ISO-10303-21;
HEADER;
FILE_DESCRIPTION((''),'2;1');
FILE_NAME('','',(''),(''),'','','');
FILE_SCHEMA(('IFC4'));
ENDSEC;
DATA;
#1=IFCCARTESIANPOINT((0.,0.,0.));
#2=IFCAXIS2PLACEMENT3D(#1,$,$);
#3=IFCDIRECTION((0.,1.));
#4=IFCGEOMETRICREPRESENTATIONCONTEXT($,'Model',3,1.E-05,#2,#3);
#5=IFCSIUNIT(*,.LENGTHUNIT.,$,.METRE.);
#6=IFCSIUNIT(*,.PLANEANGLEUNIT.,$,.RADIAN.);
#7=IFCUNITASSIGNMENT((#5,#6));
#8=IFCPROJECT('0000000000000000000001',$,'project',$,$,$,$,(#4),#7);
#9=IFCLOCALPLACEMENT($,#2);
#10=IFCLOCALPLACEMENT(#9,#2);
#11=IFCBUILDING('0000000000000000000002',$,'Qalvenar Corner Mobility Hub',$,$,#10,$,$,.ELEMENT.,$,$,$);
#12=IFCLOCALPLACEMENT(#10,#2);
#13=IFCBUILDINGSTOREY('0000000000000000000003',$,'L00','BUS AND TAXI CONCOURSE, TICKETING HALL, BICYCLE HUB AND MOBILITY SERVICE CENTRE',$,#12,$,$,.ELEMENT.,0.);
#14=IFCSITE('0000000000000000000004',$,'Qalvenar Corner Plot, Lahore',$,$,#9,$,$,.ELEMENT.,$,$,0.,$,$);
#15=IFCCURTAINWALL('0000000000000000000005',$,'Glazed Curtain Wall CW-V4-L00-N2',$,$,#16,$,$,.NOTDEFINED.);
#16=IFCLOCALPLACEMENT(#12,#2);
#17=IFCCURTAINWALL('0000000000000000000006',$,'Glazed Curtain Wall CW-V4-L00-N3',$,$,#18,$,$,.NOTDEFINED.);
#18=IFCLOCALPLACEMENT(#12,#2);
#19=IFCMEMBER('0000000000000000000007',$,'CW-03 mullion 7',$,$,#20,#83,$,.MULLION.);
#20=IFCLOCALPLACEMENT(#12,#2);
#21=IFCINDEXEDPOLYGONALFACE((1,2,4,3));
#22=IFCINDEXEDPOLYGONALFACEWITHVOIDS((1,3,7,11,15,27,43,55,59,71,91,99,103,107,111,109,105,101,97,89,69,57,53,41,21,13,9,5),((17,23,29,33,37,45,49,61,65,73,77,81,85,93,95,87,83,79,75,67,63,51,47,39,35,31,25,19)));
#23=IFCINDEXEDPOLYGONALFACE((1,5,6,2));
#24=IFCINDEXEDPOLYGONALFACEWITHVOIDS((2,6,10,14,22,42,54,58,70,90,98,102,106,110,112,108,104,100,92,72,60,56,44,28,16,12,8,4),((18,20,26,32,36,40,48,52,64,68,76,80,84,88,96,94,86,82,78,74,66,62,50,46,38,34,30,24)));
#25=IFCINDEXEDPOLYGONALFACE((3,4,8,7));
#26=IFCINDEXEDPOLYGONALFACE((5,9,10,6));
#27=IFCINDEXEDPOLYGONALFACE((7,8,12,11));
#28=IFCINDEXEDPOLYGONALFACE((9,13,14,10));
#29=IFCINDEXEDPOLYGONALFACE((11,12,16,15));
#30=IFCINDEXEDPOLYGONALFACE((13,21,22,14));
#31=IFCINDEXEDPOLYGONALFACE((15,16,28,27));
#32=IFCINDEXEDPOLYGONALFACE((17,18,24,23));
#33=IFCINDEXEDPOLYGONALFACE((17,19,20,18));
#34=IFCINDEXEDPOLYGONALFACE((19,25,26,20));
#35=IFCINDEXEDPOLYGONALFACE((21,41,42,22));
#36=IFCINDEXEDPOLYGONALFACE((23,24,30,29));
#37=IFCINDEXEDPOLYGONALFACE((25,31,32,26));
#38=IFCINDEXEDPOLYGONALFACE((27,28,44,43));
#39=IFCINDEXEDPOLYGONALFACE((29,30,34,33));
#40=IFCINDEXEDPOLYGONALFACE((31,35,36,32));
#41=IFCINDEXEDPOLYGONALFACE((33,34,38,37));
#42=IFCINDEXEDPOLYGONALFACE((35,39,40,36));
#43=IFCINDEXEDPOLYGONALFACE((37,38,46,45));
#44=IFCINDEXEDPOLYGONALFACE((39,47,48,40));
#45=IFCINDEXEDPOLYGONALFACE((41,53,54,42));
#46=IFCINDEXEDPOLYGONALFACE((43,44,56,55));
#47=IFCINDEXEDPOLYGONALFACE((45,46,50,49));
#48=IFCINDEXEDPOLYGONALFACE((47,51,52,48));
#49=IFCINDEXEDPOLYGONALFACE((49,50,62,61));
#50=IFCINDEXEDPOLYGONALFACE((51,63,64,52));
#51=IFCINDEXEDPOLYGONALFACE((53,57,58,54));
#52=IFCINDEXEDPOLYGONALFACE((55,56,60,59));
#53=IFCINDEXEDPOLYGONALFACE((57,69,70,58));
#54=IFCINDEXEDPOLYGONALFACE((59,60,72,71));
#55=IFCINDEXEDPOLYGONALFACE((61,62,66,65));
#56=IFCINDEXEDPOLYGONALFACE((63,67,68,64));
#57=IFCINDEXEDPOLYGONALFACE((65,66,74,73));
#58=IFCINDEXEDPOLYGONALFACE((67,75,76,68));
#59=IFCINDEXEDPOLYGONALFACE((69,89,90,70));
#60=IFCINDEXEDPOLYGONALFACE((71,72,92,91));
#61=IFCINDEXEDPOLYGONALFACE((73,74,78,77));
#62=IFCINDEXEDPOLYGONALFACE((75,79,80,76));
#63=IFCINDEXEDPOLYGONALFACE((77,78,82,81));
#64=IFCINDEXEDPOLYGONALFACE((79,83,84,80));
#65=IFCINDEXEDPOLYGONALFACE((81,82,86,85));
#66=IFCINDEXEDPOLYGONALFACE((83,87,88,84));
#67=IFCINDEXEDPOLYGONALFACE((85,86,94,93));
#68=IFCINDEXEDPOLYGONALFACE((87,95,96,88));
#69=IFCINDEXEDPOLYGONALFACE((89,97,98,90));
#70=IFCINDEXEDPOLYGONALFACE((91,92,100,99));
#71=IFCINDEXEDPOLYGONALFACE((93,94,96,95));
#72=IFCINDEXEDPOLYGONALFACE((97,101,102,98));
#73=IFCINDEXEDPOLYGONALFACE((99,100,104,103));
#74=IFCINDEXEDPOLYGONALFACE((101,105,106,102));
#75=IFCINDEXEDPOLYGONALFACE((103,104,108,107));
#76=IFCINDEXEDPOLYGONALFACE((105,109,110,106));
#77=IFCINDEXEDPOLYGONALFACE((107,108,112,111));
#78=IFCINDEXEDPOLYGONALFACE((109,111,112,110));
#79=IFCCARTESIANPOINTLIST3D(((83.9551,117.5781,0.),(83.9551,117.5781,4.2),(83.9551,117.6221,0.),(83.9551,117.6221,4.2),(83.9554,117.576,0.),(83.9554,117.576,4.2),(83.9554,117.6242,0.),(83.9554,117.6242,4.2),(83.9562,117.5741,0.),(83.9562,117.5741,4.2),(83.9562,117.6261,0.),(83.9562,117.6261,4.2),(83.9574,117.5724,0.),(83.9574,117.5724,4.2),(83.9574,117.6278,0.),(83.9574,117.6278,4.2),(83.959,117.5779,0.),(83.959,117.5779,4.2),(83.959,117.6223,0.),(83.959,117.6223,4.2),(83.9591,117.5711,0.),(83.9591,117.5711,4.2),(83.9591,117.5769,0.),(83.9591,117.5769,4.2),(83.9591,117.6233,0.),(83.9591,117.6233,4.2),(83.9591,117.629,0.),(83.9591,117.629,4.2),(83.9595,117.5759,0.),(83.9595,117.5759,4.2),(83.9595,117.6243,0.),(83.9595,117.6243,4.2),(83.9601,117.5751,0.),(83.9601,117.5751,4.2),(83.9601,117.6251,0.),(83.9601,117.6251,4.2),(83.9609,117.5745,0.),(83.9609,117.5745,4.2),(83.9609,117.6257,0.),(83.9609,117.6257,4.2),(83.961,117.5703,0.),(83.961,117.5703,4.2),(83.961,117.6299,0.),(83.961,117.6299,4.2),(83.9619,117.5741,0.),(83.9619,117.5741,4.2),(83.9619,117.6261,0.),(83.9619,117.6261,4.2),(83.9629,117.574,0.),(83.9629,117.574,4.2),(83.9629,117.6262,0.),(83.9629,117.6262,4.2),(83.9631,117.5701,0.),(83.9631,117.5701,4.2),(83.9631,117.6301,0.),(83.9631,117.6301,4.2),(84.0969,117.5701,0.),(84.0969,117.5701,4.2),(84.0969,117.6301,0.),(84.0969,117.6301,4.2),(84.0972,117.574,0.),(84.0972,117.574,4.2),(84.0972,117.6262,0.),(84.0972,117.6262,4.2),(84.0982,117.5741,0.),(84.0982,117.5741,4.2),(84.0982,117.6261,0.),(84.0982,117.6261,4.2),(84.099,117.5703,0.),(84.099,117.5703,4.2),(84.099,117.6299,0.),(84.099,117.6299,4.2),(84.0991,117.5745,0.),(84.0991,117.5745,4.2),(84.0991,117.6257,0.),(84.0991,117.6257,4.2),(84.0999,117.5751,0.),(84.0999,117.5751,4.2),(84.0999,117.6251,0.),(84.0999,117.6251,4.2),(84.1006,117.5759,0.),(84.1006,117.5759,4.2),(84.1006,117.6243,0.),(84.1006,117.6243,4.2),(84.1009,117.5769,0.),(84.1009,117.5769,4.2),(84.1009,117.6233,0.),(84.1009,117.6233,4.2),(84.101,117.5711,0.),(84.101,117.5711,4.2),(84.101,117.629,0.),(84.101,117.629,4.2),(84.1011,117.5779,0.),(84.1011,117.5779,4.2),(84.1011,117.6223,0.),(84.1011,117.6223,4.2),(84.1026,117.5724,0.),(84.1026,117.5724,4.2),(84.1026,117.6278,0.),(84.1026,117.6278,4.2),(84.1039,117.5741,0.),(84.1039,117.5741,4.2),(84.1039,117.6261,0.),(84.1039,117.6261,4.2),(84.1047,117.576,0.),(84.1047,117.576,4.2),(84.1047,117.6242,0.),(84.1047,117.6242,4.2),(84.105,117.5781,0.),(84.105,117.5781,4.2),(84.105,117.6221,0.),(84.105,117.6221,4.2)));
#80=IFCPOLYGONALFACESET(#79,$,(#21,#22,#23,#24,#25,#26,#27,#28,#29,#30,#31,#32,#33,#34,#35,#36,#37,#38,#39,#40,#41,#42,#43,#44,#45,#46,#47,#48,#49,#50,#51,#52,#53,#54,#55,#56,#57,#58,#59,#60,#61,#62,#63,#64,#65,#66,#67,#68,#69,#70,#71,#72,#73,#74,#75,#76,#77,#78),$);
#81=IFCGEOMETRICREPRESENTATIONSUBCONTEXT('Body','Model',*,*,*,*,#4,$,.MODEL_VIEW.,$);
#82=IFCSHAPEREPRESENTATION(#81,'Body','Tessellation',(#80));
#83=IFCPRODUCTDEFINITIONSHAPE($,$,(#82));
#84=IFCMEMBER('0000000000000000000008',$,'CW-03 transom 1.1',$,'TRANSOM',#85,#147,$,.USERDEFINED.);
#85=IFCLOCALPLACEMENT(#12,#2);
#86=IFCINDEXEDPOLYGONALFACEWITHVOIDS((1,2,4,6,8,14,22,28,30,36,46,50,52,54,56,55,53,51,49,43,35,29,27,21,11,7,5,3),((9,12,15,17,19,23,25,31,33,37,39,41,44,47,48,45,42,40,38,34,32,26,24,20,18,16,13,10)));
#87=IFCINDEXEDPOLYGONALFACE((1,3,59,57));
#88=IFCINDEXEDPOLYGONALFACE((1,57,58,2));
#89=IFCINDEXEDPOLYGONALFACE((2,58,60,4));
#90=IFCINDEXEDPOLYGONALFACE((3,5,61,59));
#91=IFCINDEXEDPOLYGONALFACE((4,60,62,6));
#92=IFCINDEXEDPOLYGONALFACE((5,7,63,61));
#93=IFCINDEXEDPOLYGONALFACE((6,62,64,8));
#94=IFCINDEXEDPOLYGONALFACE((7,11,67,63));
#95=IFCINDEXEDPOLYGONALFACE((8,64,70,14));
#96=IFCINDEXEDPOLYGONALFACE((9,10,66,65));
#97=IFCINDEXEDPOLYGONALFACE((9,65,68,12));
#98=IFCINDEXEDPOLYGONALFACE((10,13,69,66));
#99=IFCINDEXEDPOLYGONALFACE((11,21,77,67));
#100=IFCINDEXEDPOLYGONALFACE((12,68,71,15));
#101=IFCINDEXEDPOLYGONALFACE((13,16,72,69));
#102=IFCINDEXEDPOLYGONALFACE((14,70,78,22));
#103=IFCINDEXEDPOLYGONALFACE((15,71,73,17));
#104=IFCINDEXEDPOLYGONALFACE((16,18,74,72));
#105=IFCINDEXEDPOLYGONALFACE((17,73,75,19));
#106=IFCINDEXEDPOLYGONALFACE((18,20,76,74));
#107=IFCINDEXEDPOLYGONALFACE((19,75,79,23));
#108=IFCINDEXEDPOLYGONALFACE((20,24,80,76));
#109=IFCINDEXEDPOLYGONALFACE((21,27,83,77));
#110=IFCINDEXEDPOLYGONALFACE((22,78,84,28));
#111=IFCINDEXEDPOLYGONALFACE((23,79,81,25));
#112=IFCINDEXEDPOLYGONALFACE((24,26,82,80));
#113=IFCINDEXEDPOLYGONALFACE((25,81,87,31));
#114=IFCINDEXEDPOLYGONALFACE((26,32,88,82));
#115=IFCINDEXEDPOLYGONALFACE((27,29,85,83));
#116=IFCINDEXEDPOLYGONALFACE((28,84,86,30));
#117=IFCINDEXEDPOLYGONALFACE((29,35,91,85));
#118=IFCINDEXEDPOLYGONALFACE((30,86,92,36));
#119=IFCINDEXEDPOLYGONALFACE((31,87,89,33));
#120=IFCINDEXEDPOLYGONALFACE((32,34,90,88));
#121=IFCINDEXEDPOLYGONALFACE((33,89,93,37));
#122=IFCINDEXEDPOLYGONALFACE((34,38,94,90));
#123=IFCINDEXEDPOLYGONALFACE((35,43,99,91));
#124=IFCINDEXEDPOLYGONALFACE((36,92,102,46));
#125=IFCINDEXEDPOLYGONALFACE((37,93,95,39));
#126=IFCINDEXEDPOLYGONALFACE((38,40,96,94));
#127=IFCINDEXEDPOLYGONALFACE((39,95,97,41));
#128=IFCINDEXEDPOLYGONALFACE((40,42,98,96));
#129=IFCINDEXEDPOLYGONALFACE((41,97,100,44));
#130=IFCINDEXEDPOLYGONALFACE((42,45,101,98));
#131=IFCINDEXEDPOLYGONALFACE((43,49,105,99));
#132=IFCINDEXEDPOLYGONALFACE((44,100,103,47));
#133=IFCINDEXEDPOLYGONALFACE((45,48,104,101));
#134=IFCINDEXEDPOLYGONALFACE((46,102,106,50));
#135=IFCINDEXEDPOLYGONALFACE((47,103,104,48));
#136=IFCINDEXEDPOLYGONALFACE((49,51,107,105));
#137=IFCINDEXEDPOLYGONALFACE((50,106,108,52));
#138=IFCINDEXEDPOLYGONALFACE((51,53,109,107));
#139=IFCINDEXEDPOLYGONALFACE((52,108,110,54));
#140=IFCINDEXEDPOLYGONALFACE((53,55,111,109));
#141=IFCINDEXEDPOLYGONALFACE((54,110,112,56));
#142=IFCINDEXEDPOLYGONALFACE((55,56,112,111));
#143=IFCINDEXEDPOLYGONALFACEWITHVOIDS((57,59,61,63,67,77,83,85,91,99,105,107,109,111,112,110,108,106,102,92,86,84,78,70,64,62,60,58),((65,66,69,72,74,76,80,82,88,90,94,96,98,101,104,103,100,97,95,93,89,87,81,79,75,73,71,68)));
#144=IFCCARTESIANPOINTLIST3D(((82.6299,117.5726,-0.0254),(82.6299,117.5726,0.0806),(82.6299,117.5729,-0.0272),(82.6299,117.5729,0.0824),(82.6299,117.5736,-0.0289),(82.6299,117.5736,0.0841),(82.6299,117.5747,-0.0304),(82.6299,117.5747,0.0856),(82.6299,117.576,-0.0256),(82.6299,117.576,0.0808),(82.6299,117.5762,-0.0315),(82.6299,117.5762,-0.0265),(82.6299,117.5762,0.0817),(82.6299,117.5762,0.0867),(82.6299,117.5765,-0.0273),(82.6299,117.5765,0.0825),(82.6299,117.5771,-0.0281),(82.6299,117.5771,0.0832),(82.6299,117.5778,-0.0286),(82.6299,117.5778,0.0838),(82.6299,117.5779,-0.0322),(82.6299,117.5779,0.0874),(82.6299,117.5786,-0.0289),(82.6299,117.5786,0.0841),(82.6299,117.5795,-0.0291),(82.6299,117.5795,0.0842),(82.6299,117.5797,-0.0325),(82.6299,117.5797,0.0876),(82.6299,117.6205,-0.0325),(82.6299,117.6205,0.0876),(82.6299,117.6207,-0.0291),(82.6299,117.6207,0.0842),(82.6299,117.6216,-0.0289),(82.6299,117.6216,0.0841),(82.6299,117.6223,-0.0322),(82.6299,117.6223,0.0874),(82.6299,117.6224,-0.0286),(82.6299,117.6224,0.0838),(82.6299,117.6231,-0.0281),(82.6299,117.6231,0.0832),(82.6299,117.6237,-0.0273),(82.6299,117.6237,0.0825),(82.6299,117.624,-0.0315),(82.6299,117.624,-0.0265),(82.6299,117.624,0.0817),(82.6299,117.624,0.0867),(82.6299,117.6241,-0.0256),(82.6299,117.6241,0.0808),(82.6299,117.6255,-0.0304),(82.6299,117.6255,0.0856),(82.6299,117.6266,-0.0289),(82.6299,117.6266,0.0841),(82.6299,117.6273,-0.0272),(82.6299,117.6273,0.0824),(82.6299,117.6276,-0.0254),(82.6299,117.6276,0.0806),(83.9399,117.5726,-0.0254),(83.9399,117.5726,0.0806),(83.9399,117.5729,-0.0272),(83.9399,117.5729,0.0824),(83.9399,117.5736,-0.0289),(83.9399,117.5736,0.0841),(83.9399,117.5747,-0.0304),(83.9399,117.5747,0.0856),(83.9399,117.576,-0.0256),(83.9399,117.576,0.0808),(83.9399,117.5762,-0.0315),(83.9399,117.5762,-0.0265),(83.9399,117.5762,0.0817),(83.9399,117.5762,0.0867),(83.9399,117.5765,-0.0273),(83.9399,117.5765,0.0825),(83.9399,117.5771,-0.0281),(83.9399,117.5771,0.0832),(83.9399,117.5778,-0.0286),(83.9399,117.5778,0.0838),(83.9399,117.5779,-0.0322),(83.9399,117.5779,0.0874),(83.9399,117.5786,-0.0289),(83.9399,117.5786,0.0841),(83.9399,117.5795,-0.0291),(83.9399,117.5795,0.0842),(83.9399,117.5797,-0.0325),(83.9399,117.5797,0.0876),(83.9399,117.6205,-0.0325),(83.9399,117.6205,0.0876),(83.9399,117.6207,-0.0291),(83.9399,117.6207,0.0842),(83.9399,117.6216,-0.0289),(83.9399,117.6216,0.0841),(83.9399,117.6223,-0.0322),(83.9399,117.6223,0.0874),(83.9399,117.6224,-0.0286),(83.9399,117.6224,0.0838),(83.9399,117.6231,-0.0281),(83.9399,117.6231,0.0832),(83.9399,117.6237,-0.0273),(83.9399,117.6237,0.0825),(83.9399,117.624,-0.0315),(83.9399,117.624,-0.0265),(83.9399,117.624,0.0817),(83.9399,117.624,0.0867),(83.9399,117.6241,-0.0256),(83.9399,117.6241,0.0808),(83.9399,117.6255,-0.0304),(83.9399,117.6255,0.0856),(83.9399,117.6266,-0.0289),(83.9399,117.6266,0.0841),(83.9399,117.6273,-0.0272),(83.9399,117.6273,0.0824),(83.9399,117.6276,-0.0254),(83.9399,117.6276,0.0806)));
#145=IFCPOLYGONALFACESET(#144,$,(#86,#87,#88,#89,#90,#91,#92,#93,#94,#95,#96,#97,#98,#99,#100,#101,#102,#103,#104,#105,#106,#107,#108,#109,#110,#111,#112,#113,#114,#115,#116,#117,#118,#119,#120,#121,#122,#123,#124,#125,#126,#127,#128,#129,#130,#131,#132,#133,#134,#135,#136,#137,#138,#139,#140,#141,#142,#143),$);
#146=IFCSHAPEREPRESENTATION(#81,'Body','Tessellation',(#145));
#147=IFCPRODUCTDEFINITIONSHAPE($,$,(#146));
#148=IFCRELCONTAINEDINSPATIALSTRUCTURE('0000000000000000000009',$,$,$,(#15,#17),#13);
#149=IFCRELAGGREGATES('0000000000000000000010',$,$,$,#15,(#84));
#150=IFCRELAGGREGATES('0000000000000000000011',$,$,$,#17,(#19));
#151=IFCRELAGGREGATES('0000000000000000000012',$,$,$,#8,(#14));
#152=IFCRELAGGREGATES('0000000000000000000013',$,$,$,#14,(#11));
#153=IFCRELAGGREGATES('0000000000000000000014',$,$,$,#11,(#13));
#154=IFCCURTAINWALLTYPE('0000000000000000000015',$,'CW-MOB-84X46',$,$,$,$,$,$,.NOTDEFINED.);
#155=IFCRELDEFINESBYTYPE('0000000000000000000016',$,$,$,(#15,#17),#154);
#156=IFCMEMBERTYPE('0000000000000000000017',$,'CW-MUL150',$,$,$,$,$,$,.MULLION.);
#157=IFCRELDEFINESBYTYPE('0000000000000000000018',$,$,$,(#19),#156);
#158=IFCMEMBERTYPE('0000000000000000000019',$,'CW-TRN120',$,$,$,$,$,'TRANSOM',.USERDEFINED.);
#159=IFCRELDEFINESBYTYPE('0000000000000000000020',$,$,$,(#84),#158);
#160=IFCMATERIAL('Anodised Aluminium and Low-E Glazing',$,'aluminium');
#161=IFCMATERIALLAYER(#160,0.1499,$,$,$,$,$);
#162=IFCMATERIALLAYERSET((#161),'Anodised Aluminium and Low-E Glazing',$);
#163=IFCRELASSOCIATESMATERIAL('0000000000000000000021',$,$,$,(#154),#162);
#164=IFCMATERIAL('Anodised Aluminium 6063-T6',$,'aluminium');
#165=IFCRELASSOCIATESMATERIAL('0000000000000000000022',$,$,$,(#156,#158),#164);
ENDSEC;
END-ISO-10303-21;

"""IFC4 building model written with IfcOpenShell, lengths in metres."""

from ifc_helpers import new_model, si_unit, direction, frame, origin, origin_2d, place, context, subcontext, project, spatial, hollow_rectangle, extrude, material, layer, layer_set, material_profile, profile_set, type_object, element, aggregate, save


model = new_model("IFC4")

# Units and contexts
model_context = context("Model", 3, precision=1e-05, world=origin(), true_north=direction((0.0, 1.0)))
body_context = subcontext(model_context, "Body", "Model", "MODEL_VIEW")
ifc_project = project(units=[si_unit("LENGTHUNIT", "METRE"), si_unit("PLANEANGLEUNIT", "RADIAN")], contexts=[model_context])

# Site, building, storey
site_placement = place(None, origin())
site = spatial("IfcSite", under=ifc_project, at=site_placement, Name="Qalvenar Corner Plot, Lahore", CompositionType="ELEMENT", RefElevation=0.0)
building_placement = place(site_placement, origin())
building = spatial("IfcBuilding", under=site, at=building_placement, Name="Qalvenar Corner Mobility Hub", CompositionType="ELEMENT")
storey_placement = place(building_placement, origin())
storey = spatial("IfcBuildingStorey", under=building, at=storey_placement, Name="L00", Description="BUS AND TAXI CONCOURSE, TICKETING HALL, BICYCLE HUB AND MOBILITY SERVICE CENTRE", CompositionType="ELEMENT", Elevation=0.0)

# Curtain walls, member
ifc_material_1 = material(Name="Anodised Aluminium and Low-E Glazing", Category="aluminium")
ifc_layer_1 = layer(ifc_material_1, 0.1499)
ifc_layer_set_1 = layer_set([ifc_layer_1], Name="Anodised Aluminium and Low-E Glazing")
curtain_wall_type = type_object("IfcCurtainWallType", Name="CW-MOB-84X46", PredefinedType="NOTDEFINED", material=ifc_layer_set_1)
curtain_wall_1_placement = place(storey_placement, origin())
curtain_wall_1 = element("IfcCurtainWall", 1, at=curtain_wall_1_placement, inside=storey, type_object=curtain_wall_type, Name="Glazed Curtain Wall CW-V4-L00-N2", PredefinedType="NOTDEFINED")
ifc_material_2 = material(Name="Anodised Aluminium 6063-T6", Category="aluminium")
ifc_material_profile_1 = material_profile(ifc_material_2, hollow_rectangle(XDim=0.0601, YDim=0.1499, WallThickness=0.0039, InnerFilletRadius=0.0039, OuterFilletRadius=0.0081, at=origin_2d()), Name="RHS150x60x4")
ifc_profile_set_1 = profile_set([ifc_material_profile_1], Name="Anodised Aluminium 6063-T6")
member_type_1 = type_object("IfcMemberType", Name="CW-MUL150", PredefinedType="MULLION", material=ifc_profile_set_1)
curtain_wall_2_placement = place(storey_placement, origin())
curtain_wall_2 = element("IfcCurtainWall", 2, at=curtain_wall_2_placement, inside=storey, type_object=curtain_wall_type, Name="Glazed Curtain Wall CW-V4-L00-N3", PredefinedType="NOTDEFINED")
member_1_placement = place(storey_placement, frame((84.03, 117.6001, 0.0), z_axis=(0.0, 0.0, 1.0), x_axis=(0.0, -1.0, 0.0)))
member_1 = element("IfcMember", 3, at=member_1_placement, type_object=member_type_1, Name="CW-03 mullion 7", PredefinedType="MULLION", context=body_context, shape_type="SweptSolid", body=[
    extrude(hollow_rectangle(XDim=0.0601, YDim=0.1499, WallThickness=0.0039, InnerFilletRadius=0.0039, OuterFilletRadius=0.0081, at=origin_2d()), origin(), (0.0, 0.0, 1.0), 4.2),
])

# Member
ifc_material_profile_2 = material_profile(ifc_material_2, hollow_rectangle(XDim=0.0549, YDim=0.1201, WallThickness=0.0034, InnerFilletRadius=0.0034, OuterFilletRadius=0.0071, at=origin_2d()), Name="RHS120x55x3.5")
ifc_profile_set_2 = profile_set([ifc_material_profile_2], Name="Anodised Aluminium 6063-T6")
member_type_2 = type_object("IfcMemberType", Name="CW-TRN120", ElementType="TRANSOM", PredefinedType="USERDEFINED", material=ifc_profile_set_2)
member_2_placement = place(storey_placement, frame((83.9399, 117.6001, 0.0276), z_axis=(-1.0, 0.0, 0.0), x_axis=(0.0, -1.0, 0.0)))
member_2 = element("IfcMember", 4, at=member_2_placement, type_object=member_type_2, Name="CW-03 transom 1.1", ObjectType="TRANSOM", PredefinedType="USERDEFINED", context=body_context, shape_type="SweptSolid", body=[
    extrude(hollow_rectangle(XDim=0.0549, YDim=0.1201, WallThickness=0.0034, InnerFilletRadius=0.0034, OuterFilletRadius=0.0071, at=origin_2d()), origin(), (0.0, 0.0, 1.0), 1.3101),
])

aggregate(curtain_wall_1, [member_2])
aggregate(curtain_wall_2, [member_1])

save(model, "model.ifc")
